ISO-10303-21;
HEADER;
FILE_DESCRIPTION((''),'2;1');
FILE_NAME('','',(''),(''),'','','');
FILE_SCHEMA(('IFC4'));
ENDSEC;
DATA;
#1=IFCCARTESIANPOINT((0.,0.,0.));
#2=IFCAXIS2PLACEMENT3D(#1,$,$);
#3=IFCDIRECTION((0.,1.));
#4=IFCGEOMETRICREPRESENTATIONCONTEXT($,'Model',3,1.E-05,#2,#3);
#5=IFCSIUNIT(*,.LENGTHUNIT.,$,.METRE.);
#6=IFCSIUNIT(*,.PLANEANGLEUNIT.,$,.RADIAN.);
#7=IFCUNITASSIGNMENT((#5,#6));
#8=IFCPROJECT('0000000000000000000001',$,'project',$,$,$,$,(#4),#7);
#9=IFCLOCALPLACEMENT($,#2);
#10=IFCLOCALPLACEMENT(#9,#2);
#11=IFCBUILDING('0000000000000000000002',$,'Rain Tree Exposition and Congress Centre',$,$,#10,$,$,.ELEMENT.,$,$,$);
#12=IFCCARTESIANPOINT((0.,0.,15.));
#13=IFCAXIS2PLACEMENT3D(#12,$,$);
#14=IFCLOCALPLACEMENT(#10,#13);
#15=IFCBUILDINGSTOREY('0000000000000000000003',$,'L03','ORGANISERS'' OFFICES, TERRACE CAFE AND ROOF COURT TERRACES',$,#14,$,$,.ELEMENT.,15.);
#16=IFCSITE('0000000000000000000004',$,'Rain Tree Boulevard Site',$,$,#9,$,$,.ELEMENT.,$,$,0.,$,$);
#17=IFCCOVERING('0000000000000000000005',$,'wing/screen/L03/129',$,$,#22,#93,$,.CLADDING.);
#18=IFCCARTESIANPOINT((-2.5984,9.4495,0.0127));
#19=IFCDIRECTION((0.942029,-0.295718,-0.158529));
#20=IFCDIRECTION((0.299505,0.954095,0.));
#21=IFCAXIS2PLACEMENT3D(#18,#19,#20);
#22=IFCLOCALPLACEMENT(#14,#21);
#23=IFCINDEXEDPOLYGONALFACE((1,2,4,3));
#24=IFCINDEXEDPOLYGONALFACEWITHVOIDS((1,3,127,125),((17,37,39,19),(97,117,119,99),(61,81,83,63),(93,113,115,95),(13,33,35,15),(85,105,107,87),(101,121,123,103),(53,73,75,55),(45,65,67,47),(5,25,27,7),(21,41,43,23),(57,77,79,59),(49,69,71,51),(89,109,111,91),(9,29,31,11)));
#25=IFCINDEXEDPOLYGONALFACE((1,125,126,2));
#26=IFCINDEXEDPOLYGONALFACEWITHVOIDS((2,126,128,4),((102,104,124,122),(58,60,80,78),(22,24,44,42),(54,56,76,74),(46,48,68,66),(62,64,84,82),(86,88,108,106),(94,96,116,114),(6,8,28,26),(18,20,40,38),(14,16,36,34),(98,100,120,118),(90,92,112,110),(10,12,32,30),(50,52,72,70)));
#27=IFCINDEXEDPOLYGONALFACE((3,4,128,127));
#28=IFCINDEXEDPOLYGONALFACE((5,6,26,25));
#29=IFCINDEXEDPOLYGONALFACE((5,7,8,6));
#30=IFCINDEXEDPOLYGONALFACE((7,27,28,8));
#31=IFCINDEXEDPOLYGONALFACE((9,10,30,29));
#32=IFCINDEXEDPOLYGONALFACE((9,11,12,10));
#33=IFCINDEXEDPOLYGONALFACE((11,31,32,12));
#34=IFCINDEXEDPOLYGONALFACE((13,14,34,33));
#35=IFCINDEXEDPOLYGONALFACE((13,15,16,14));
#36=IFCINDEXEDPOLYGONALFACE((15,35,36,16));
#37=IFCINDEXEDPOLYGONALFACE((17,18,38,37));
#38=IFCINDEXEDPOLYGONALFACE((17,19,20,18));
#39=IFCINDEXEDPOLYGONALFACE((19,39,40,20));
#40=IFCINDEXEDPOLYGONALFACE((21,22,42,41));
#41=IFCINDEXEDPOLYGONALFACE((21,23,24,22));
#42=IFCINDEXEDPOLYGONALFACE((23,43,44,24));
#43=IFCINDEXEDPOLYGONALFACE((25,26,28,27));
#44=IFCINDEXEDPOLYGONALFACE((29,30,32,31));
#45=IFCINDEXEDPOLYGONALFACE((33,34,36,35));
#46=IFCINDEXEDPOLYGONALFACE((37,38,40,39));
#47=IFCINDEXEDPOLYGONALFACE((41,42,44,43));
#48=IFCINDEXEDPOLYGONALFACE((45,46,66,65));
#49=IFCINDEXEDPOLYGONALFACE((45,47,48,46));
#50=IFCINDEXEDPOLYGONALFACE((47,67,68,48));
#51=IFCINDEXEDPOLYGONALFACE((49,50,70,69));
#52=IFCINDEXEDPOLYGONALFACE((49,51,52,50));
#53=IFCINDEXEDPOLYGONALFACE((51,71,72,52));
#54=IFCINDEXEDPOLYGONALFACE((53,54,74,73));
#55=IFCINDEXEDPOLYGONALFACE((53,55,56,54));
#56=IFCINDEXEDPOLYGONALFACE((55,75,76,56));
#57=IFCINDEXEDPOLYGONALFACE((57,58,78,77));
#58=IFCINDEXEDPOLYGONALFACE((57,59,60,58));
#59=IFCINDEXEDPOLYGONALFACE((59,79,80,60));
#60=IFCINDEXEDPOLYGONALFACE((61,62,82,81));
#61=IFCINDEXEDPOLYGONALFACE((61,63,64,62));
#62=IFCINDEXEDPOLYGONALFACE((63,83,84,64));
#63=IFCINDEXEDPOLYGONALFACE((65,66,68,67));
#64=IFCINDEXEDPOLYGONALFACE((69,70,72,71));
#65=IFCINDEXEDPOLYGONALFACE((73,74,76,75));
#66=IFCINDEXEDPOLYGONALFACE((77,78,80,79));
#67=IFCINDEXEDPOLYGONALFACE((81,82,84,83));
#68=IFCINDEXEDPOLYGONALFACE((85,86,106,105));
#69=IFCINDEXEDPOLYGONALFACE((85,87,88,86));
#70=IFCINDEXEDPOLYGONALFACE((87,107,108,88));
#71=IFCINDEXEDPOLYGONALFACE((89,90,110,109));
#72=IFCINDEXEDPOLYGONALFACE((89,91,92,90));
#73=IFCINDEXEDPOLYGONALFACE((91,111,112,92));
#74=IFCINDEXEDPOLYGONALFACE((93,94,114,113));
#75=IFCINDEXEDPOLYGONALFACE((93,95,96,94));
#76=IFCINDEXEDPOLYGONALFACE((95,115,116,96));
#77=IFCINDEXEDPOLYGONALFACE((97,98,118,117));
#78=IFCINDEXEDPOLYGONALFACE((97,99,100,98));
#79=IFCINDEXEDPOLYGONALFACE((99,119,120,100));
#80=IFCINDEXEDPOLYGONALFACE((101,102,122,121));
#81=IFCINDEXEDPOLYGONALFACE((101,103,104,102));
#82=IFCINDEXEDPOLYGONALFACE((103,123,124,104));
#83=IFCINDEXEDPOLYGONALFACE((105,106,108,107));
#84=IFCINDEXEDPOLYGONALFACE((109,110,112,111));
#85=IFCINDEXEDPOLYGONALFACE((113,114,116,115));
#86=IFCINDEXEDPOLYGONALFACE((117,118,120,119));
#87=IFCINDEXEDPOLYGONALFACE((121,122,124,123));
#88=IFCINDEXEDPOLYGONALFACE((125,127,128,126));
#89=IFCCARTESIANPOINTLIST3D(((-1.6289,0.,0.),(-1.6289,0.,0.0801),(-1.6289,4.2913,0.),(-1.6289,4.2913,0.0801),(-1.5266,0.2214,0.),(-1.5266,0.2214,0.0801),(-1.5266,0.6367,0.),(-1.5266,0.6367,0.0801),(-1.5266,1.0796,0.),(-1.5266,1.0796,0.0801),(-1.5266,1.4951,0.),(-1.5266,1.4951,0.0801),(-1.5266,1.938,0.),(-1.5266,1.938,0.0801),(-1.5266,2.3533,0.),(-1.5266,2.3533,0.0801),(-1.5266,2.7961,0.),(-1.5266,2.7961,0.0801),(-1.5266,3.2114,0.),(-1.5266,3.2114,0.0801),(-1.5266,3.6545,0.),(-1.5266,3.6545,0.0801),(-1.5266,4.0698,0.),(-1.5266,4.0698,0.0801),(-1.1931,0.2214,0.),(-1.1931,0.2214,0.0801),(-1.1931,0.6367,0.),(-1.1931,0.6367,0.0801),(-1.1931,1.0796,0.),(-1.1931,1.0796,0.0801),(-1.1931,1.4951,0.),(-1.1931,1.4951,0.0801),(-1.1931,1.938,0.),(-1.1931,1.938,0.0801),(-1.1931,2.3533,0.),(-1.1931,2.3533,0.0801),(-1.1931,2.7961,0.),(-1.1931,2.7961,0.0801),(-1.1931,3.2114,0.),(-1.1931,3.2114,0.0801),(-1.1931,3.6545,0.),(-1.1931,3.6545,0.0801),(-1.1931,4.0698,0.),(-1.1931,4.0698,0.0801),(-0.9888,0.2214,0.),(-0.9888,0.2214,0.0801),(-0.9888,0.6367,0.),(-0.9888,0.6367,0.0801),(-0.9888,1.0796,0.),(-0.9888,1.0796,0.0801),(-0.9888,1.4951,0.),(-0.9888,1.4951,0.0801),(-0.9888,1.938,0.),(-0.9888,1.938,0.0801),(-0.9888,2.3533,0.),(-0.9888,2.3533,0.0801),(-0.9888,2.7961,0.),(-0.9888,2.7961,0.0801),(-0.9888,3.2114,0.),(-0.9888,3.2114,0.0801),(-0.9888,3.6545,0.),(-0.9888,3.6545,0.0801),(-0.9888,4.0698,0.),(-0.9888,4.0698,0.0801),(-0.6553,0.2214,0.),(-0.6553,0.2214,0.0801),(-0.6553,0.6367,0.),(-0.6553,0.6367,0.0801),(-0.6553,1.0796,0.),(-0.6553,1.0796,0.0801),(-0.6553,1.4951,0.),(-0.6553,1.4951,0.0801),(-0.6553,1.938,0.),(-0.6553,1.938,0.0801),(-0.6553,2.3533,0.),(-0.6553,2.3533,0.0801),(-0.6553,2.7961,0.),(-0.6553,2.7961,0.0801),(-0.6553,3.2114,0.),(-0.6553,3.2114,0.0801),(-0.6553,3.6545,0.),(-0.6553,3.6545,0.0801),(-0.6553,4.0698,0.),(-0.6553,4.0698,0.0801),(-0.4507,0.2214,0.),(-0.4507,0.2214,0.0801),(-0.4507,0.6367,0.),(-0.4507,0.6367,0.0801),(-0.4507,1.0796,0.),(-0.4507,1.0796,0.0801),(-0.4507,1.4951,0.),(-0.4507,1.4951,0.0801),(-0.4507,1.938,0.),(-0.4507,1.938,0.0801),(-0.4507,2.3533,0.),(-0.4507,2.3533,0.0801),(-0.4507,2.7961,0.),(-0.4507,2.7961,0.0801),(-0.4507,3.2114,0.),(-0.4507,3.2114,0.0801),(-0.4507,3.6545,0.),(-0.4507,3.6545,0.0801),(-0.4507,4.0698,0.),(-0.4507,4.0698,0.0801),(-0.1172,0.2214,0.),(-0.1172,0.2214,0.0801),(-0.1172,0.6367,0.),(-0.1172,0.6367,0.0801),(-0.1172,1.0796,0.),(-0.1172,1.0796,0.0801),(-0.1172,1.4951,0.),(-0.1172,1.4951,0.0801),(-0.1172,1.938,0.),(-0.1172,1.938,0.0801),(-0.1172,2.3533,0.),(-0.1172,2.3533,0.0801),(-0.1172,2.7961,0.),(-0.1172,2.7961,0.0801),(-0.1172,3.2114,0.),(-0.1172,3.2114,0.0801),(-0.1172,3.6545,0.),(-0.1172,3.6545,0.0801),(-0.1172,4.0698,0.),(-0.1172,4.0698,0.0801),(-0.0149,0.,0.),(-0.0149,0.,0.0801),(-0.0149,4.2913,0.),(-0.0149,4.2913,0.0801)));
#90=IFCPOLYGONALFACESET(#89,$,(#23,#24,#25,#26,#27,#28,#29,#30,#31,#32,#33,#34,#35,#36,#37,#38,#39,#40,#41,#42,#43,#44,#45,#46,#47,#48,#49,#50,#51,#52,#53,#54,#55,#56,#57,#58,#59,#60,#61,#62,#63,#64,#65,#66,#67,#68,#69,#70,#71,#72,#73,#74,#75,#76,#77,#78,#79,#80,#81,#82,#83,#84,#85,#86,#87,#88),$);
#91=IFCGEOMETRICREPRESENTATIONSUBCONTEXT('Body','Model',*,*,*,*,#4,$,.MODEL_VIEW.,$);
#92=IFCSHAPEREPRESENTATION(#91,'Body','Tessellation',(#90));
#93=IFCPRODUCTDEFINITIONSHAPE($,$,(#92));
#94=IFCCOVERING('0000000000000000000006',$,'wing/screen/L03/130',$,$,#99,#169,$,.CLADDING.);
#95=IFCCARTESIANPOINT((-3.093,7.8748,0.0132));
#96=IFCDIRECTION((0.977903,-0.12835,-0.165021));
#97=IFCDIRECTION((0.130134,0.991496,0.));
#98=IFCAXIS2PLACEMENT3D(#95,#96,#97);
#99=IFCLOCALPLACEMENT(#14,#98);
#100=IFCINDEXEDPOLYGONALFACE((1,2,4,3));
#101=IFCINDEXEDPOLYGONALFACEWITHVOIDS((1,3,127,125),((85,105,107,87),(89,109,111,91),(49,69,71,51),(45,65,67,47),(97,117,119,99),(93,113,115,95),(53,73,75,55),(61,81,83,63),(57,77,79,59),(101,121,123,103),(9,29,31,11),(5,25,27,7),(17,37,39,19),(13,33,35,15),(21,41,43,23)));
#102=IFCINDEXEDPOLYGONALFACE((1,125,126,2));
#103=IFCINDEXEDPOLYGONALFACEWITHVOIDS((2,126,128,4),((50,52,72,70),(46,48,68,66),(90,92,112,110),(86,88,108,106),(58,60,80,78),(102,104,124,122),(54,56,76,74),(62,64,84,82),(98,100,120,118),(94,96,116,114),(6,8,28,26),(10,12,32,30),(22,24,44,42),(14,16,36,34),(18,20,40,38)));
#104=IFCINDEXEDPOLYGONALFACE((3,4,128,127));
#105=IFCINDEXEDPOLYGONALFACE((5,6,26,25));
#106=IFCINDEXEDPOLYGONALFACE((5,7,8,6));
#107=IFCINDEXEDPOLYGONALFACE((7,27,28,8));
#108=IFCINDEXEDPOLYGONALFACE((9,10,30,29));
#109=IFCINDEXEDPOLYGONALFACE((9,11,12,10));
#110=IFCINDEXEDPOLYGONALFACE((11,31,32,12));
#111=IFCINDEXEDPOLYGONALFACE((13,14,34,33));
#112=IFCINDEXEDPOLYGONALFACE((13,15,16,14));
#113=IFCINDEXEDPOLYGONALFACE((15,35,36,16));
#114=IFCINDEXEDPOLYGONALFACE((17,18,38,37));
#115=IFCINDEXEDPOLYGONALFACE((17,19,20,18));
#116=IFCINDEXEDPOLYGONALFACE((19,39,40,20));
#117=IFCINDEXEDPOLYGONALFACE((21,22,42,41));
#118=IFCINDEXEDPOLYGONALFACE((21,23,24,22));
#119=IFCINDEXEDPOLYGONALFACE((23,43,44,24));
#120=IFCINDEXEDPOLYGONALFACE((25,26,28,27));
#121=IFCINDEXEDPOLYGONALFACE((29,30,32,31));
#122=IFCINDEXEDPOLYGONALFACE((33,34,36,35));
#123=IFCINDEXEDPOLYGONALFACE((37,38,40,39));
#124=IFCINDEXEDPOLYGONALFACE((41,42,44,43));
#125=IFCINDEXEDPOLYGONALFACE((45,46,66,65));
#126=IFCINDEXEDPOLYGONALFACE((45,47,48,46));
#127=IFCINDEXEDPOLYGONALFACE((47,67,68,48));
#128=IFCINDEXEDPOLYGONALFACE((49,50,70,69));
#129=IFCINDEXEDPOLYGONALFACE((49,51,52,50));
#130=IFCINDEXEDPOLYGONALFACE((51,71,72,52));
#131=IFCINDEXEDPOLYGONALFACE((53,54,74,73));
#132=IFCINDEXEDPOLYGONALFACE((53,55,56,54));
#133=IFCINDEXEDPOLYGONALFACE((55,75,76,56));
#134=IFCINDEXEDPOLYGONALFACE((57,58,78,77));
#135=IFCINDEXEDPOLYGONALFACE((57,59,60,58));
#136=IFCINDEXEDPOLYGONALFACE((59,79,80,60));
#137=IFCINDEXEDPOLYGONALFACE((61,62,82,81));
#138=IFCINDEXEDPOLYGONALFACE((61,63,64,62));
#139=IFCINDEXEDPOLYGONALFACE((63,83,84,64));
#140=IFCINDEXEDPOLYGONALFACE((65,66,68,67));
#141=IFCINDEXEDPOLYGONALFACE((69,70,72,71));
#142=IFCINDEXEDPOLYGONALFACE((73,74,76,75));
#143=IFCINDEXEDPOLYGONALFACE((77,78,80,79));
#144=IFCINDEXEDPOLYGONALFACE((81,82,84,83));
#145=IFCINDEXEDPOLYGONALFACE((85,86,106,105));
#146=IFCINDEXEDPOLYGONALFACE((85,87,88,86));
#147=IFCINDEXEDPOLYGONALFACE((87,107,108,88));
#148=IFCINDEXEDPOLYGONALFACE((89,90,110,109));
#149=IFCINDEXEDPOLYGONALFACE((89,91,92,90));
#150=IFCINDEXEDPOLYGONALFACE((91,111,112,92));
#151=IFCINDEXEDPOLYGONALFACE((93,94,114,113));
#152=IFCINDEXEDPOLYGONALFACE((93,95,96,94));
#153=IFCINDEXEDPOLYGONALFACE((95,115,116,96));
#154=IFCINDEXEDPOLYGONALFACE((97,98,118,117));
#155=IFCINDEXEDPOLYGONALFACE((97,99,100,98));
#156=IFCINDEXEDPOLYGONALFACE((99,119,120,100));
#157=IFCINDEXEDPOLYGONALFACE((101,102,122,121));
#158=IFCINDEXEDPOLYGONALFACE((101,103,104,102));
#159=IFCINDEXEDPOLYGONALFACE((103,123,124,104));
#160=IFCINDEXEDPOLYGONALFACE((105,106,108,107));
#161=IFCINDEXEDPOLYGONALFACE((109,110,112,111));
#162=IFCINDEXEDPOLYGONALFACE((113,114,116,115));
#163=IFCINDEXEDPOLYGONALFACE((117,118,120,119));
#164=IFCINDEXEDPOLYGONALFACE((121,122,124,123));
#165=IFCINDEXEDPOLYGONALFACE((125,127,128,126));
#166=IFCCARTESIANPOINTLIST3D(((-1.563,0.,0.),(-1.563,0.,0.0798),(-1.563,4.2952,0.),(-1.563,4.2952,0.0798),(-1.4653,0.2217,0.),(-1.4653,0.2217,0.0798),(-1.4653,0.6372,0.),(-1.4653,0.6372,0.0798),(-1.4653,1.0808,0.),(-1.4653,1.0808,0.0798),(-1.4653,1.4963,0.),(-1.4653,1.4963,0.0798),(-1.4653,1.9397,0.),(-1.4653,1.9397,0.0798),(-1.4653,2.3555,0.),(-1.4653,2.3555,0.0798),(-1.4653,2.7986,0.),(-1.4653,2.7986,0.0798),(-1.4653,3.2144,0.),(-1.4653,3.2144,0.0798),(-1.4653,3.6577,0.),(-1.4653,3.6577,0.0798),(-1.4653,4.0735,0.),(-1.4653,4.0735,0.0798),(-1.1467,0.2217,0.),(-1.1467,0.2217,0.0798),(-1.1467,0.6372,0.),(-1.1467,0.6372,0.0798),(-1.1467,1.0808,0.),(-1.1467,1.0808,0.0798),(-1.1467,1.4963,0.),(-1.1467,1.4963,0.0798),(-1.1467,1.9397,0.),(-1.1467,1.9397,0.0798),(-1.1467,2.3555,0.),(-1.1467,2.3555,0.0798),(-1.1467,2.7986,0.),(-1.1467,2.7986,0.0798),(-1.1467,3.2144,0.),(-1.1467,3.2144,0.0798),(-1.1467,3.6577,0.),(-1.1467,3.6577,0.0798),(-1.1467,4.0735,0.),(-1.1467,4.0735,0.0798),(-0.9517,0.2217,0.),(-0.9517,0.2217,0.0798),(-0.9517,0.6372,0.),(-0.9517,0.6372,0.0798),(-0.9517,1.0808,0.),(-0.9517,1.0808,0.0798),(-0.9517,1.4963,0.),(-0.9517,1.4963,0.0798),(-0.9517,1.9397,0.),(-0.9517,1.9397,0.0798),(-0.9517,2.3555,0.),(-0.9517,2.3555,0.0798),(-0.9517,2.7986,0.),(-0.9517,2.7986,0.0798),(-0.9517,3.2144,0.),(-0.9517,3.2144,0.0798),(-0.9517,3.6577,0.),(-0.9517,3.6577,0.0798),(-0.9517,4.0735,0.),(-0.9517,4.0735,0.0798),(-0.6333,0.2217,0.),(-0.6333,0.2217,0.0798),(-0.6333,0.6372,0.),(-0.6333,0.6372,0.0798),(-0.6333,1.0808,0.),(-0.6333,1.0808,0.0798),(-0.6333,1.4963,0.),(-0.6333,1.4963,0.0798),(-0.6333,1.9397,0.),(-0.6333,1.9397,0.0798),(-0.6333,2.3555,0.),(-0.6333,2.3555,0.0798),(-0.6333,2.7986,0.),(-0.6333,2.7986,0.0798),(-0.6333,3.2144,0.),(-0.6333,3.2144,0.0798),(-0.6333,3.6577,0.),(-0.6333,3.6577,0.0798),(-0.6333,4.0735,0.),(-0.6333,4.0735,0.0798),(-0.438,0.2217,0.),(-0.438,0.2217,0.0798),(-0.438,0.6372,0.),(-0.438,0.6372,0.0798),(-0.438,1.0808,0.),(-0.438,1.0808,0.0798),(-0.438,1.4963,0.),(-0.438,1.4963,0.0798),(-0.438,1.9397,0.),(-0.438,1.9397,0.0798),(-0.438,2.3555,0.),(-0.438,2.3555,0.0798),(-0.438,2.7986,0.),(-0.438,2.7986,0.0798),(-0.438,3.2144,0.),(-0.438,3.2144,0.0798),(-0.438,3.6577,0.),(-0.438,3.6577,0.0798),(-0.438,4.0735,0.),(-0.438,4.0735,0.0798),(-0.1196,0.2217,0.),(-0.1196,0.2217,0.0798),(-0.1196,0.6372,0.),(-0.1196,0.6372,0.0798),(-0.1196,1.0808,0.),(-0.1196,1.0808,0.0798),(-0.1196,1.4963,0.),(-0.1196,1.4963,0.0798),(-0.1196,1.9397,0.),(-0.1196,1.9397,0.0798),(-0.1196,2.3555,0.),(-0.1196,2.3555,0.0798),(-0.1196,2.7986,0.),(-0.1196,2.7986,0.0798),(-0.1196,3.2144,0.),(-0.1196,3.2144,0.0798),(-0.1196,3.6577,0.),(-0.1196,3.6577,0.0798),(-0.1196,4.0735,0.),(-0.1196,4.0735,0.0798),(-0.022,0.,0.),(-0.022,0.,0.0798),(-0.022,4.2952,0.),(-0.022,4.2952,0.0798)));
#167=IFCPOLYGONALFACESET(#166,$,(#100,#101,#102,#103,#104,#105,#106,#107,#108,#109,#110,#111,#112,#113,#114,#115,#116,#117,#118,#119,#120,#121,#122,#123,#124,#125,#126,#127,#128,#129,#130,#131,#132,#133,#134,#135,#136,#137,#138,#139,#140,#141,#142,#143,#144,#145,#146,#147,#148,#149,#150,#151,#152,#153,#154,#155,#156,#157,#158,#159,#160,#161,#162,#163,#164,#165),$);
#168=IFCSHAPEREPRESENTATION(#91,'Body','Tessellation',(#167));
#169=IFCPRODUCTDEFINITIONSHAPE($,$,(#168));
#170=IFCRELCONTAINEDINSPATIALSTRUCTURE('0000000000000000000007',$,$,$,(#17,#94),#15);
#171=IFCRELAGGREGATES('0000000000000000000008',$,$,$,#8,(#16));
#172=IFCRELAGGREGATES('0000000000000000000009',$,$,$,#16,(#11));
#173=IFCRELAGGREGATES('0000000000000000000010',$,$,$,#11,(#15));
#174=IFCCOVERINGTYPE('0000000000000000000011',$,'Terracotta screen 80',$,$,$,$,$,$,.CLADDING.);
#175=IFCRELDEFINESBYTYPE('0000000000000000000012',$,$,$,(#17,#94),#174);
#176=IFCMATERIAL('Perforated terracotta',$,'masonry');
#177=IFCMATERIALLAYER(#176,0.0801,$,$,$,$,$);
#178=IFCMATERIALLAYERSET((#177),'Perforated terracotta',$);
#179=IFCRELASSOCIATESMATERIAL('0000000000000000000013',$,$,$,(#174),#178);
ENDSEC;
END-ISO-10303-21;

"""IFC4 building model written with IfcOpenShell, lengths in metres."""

from ifc_helpers import new_model, si_unit, direction, frame, origin, place, context, subcontext, project, spatial, polyline, outline, extrude, material, layer, layer_set, type_object, element, save


model = new_model("IFC4")

# Units and contexts
model_context = context("Model", 3, precision=1e-05, world=origin(), true_north=direction((0.0, 1.0)))
body_context = subcontext(model_context, "Body", "Model", "MODEL_VIEW")
ifc_project = project(units=[si_unit("LENGTHUNIT", "METRE"), si_unit("PLANEANGLEUNIT", "RADIAN")], contexts=[model_context])

# Site, building, storey
site_placement = place(None, origin())
site = spatial("IfcSite", under=ifc_project, at=site_placement, Name="Rain Tree Boulevard Site", CompositionType="ELEMENT", RefElevation=0.0)
building_placement = place(site_placement, origin())
building = spatial("IfcBuilding", under=site, at=building_placement, Name="Rain Tree Exposition and Congress Centre", CompositionType="ELEMENT")
storey_placement = place(building_placement, frame((0.0, 0.0, 15.0)))
storey = spatial("IfcBuildingStorey", under=building, at=storey_placement, Name="L03", Description="ORGANISERS' OFFICES, TERRACE CAFE AND ROOF COURT TERRACES", CompositionType="ELEMENT", Elevation=15.0)

# Coverings
ifc_material_1 = material(Name="Perforated terracotta", Category="masonry")
ifc_layer_1 = layer(ifc_material_1, 0.0801)
ifc_layer_set_1 = layer_set([ifc_layer_1], Name="Perforated terracotta")
covering_type = type_object("IfcCoveringType", Name="Terracotta screen 80", PredefinedType="CLADDING", material=ifc_layer_set_1)
covering_1_placement = place(storey_placement, frame((-2.5984, 9.4495, 0.0127), z_axis=(0.942029, -0.295718, -0.158529), x_axis=(0.299505, 0.954095, 0.0)))
element("IfcCovering", 1, at=covering_1_placement, inside=storey, type_object=covering_type, Name="wing/screen/L03/129", PredefinedType="CLADDING", context=body_context, shape_type="SweptSolid", body=[
    extrude(outline(polyline([(-1.6289, 0.0), (-1.6289, 4.2913), (-0.0149, 4.2913), (-0.0149, 0.0), (-1.6289, 0.0)]), holes=[polyline([(-0.1172, 0.2214), (-0.1172, 0.6367), (-0.4507, 0.6367), (-0.4507, 0.2214), (-0.1172, 0.2214)]), polyline([(-0.1172, 1.0796), (-0.1172, 1.4951), (-0.4507, 1.4951), (-0.4507, 1.0796), (-0.1172, 1.0796)]), polyline([(-0.1172, 1.938), (-0.1172, 2.3533), (-0.4507, 2.3533), (-0.4507, 1.938), (-0.1172, 1.938)]), polyline([(-0.1172, 2.7961), (-0.1172, 3.2114), (-0.4507, 3.2114), (-0.4507, 2.7961), (-0.1172, 2.7961)]), polyline([(-0.1172, 3.6545), (-0.1172, 4.0698), (-0.4507, 4.0698), (-0.4507, 3.6545), (-0.1172, 3.6545)]), polyline([(-0.6553, 0.2214), (-0.6553, 0.6367), (-0.9888, 0.6367), (-0.9888, 0.2214), (-0.6553, 0.2214)]), polyline([(-0.6553, 1.0796), (-0.6553, 1.4951), (-0.9888, 1.4951), (-0.9888, 1.0796), (-0.6553, 1.0796)]), polyline([(-0.6553, 1.938), (-0.6553, 2.3533), (-0.9888, 2.3533), (-0.9888, 1.938), (-0.6553, 1.938)]), polyline([(-0.6553, 2.7961), (-0.6553, 3.2114), (-0.9888, 3.2114), (-0.9888, 2.7961), (-0.6553, 2.7961)]), polyline([(-0.6553, 3.6545), (-0.6553, 4.0698), (-0.9888, 4.0698), (-0.9888, 3.6545), (-0.6553, 3.6545)]), polyline([(-1.1931, 0.2214), (-1.1931, 0.6367), (-1.5266, 0.6367), (-1.5266, 0.2214), (-1.1931, 0.2214)]), polyline([(-1.1931, 1.0796), (-1.1931, 1.4951), (-1.5266, 1.4951), (-1.5266, 1.0796), (-1.1931, 1.0796)]), polyline([(-1.1931, 1.938), (-1.1931, 2.3533), (-1.5266, 2.3533), (-1.5266, 1.938), (-1.1931, 1.938)]), polyline([(-1.1931, 2.7961), (-1.1931, 3.2114), (-1.5266, 3.2114), (-1.5266, 2.7961), (-1.1931, 2.7961)]), polyline([(-1.1931, 3.6545), (-1.1931, 4.0698), (-1.5266, 4.0698), (-1.5266, 3.6545), (-1.1931, 3.6545)])]), origin(), (0.0, 0.0, 1.0), 0.0801),
])
covering_2_placement = place(storey_placement, frame((-3.093, 7.8748, 0.0132), z_axis=(0.977903, -0.12835, -0.165021), x_axis=(0.130134, 0.991496, 0.0)))
element("IfcCovering", 2, at=covering_2_placement, inside=storey, type_object=covering_type, Name="wing/screen/L03/130", PredefinedType="CLADDING", context=body_context, shape_type="SweptSolid", body=[
    extrude(outline(polyline([(-1.563, 0.0), (-1.563, 4.2952), (-0.022, 4.2952), (-0.022, 0.0), (-1.563, 0.0)]), holes=[polyline([(-0.1196, 0.2217), (-0.1196, 0.6372), (-0.438, 0.6372), (-0.438, 0.2217), (-0.1196, 0.2217)]), polyline([(-0.1196, 1.0808), (-0.1196, 1.4963), (-0.438, 1.4963), (-0.438, 1.0808), (-0.1196, 1.0808)]), polyline([(-0.1196, 1.9397), (-0.1196, 2.3555), (-0.438, 2.3555), (-0.438, 1.9397), (-0.1196, 1.9397)]), polyline([(-0.1196, 2.7986), (-0.1196, 3.2144), (-0.438, 3.2144), (-0.438, 2.7986), (-0.1196, 2.7986)]), polyline([(-0.1196, 3.6577), (-0.1196, 4.0735), (-0.438, 4.0735), (-0.438, 3.6577), (-0.1196, 3.6577)]), polyline([(-0.6333, 0.2217), (-0.6333, 0.6372), (-0.9517, 0.6372), (-0.9517, 0.2217), (-0.6333, 0.2217)]), polyline([(-0.6333, 1.0808), (-0.6333, 1.4963), (-0.9517, 1.4963), (-0.9517, 1.0808), (-0.6333, 1.0808)]), polyline([(-0.6333, 1.9397), (-0.6333, 2.3555), (-0.9517, 2.3555), (-0.9517, 1.9397), (-0.6333, 1.9397)]), polyline([(-0.6333, 2.7986), (-0.6333, 3.2144), (-0.9517, 3.2144), (-0.9517, 2.7986), (-0.6333, 2.7986)]), polyline([(-0.6333, 3.6577), (-0.6333, 4.0735), (-0.9517, 4.0735), (-0.9517, 3.6577), (-0.6333, 3.6577)]), polyline([(-1.1467, 0.2217), (-1.1467, 0.6372), (-1.4653, 0.6372), (-1.4653, 0.2217), (-1.1467, 0.2217)]), polyline([(-1.1467, 1.0808), (-1.1467, 1.4963), (-1.4653, 1.4963), (-1.4653, 1.0808), (-1.1467, 1.0808)]), polyline([(-1.1467, 1.9397), (-1.1467, 2.3555), (-1.4653, 2.3555), (-1.4653, 1.9397), (-1.1467, 1.9397)]), polyline([(-1.1467, 2.7986), (-1.1467, 3.2144), (-1.4653, 3.2144), (-1.4653, 2.7986), (-1.1467, 2.7986)]), polyline([(-1.1467, 3.6577), (-1.1467, 4.0735), (-1.4653, 4.0735), (-1.4653, 3.6577), (-1.1467, 3.6577)])]), origin(), (0.0, 0.0, 1.0), 0.0798),
])

save(model, "model.ifc")
